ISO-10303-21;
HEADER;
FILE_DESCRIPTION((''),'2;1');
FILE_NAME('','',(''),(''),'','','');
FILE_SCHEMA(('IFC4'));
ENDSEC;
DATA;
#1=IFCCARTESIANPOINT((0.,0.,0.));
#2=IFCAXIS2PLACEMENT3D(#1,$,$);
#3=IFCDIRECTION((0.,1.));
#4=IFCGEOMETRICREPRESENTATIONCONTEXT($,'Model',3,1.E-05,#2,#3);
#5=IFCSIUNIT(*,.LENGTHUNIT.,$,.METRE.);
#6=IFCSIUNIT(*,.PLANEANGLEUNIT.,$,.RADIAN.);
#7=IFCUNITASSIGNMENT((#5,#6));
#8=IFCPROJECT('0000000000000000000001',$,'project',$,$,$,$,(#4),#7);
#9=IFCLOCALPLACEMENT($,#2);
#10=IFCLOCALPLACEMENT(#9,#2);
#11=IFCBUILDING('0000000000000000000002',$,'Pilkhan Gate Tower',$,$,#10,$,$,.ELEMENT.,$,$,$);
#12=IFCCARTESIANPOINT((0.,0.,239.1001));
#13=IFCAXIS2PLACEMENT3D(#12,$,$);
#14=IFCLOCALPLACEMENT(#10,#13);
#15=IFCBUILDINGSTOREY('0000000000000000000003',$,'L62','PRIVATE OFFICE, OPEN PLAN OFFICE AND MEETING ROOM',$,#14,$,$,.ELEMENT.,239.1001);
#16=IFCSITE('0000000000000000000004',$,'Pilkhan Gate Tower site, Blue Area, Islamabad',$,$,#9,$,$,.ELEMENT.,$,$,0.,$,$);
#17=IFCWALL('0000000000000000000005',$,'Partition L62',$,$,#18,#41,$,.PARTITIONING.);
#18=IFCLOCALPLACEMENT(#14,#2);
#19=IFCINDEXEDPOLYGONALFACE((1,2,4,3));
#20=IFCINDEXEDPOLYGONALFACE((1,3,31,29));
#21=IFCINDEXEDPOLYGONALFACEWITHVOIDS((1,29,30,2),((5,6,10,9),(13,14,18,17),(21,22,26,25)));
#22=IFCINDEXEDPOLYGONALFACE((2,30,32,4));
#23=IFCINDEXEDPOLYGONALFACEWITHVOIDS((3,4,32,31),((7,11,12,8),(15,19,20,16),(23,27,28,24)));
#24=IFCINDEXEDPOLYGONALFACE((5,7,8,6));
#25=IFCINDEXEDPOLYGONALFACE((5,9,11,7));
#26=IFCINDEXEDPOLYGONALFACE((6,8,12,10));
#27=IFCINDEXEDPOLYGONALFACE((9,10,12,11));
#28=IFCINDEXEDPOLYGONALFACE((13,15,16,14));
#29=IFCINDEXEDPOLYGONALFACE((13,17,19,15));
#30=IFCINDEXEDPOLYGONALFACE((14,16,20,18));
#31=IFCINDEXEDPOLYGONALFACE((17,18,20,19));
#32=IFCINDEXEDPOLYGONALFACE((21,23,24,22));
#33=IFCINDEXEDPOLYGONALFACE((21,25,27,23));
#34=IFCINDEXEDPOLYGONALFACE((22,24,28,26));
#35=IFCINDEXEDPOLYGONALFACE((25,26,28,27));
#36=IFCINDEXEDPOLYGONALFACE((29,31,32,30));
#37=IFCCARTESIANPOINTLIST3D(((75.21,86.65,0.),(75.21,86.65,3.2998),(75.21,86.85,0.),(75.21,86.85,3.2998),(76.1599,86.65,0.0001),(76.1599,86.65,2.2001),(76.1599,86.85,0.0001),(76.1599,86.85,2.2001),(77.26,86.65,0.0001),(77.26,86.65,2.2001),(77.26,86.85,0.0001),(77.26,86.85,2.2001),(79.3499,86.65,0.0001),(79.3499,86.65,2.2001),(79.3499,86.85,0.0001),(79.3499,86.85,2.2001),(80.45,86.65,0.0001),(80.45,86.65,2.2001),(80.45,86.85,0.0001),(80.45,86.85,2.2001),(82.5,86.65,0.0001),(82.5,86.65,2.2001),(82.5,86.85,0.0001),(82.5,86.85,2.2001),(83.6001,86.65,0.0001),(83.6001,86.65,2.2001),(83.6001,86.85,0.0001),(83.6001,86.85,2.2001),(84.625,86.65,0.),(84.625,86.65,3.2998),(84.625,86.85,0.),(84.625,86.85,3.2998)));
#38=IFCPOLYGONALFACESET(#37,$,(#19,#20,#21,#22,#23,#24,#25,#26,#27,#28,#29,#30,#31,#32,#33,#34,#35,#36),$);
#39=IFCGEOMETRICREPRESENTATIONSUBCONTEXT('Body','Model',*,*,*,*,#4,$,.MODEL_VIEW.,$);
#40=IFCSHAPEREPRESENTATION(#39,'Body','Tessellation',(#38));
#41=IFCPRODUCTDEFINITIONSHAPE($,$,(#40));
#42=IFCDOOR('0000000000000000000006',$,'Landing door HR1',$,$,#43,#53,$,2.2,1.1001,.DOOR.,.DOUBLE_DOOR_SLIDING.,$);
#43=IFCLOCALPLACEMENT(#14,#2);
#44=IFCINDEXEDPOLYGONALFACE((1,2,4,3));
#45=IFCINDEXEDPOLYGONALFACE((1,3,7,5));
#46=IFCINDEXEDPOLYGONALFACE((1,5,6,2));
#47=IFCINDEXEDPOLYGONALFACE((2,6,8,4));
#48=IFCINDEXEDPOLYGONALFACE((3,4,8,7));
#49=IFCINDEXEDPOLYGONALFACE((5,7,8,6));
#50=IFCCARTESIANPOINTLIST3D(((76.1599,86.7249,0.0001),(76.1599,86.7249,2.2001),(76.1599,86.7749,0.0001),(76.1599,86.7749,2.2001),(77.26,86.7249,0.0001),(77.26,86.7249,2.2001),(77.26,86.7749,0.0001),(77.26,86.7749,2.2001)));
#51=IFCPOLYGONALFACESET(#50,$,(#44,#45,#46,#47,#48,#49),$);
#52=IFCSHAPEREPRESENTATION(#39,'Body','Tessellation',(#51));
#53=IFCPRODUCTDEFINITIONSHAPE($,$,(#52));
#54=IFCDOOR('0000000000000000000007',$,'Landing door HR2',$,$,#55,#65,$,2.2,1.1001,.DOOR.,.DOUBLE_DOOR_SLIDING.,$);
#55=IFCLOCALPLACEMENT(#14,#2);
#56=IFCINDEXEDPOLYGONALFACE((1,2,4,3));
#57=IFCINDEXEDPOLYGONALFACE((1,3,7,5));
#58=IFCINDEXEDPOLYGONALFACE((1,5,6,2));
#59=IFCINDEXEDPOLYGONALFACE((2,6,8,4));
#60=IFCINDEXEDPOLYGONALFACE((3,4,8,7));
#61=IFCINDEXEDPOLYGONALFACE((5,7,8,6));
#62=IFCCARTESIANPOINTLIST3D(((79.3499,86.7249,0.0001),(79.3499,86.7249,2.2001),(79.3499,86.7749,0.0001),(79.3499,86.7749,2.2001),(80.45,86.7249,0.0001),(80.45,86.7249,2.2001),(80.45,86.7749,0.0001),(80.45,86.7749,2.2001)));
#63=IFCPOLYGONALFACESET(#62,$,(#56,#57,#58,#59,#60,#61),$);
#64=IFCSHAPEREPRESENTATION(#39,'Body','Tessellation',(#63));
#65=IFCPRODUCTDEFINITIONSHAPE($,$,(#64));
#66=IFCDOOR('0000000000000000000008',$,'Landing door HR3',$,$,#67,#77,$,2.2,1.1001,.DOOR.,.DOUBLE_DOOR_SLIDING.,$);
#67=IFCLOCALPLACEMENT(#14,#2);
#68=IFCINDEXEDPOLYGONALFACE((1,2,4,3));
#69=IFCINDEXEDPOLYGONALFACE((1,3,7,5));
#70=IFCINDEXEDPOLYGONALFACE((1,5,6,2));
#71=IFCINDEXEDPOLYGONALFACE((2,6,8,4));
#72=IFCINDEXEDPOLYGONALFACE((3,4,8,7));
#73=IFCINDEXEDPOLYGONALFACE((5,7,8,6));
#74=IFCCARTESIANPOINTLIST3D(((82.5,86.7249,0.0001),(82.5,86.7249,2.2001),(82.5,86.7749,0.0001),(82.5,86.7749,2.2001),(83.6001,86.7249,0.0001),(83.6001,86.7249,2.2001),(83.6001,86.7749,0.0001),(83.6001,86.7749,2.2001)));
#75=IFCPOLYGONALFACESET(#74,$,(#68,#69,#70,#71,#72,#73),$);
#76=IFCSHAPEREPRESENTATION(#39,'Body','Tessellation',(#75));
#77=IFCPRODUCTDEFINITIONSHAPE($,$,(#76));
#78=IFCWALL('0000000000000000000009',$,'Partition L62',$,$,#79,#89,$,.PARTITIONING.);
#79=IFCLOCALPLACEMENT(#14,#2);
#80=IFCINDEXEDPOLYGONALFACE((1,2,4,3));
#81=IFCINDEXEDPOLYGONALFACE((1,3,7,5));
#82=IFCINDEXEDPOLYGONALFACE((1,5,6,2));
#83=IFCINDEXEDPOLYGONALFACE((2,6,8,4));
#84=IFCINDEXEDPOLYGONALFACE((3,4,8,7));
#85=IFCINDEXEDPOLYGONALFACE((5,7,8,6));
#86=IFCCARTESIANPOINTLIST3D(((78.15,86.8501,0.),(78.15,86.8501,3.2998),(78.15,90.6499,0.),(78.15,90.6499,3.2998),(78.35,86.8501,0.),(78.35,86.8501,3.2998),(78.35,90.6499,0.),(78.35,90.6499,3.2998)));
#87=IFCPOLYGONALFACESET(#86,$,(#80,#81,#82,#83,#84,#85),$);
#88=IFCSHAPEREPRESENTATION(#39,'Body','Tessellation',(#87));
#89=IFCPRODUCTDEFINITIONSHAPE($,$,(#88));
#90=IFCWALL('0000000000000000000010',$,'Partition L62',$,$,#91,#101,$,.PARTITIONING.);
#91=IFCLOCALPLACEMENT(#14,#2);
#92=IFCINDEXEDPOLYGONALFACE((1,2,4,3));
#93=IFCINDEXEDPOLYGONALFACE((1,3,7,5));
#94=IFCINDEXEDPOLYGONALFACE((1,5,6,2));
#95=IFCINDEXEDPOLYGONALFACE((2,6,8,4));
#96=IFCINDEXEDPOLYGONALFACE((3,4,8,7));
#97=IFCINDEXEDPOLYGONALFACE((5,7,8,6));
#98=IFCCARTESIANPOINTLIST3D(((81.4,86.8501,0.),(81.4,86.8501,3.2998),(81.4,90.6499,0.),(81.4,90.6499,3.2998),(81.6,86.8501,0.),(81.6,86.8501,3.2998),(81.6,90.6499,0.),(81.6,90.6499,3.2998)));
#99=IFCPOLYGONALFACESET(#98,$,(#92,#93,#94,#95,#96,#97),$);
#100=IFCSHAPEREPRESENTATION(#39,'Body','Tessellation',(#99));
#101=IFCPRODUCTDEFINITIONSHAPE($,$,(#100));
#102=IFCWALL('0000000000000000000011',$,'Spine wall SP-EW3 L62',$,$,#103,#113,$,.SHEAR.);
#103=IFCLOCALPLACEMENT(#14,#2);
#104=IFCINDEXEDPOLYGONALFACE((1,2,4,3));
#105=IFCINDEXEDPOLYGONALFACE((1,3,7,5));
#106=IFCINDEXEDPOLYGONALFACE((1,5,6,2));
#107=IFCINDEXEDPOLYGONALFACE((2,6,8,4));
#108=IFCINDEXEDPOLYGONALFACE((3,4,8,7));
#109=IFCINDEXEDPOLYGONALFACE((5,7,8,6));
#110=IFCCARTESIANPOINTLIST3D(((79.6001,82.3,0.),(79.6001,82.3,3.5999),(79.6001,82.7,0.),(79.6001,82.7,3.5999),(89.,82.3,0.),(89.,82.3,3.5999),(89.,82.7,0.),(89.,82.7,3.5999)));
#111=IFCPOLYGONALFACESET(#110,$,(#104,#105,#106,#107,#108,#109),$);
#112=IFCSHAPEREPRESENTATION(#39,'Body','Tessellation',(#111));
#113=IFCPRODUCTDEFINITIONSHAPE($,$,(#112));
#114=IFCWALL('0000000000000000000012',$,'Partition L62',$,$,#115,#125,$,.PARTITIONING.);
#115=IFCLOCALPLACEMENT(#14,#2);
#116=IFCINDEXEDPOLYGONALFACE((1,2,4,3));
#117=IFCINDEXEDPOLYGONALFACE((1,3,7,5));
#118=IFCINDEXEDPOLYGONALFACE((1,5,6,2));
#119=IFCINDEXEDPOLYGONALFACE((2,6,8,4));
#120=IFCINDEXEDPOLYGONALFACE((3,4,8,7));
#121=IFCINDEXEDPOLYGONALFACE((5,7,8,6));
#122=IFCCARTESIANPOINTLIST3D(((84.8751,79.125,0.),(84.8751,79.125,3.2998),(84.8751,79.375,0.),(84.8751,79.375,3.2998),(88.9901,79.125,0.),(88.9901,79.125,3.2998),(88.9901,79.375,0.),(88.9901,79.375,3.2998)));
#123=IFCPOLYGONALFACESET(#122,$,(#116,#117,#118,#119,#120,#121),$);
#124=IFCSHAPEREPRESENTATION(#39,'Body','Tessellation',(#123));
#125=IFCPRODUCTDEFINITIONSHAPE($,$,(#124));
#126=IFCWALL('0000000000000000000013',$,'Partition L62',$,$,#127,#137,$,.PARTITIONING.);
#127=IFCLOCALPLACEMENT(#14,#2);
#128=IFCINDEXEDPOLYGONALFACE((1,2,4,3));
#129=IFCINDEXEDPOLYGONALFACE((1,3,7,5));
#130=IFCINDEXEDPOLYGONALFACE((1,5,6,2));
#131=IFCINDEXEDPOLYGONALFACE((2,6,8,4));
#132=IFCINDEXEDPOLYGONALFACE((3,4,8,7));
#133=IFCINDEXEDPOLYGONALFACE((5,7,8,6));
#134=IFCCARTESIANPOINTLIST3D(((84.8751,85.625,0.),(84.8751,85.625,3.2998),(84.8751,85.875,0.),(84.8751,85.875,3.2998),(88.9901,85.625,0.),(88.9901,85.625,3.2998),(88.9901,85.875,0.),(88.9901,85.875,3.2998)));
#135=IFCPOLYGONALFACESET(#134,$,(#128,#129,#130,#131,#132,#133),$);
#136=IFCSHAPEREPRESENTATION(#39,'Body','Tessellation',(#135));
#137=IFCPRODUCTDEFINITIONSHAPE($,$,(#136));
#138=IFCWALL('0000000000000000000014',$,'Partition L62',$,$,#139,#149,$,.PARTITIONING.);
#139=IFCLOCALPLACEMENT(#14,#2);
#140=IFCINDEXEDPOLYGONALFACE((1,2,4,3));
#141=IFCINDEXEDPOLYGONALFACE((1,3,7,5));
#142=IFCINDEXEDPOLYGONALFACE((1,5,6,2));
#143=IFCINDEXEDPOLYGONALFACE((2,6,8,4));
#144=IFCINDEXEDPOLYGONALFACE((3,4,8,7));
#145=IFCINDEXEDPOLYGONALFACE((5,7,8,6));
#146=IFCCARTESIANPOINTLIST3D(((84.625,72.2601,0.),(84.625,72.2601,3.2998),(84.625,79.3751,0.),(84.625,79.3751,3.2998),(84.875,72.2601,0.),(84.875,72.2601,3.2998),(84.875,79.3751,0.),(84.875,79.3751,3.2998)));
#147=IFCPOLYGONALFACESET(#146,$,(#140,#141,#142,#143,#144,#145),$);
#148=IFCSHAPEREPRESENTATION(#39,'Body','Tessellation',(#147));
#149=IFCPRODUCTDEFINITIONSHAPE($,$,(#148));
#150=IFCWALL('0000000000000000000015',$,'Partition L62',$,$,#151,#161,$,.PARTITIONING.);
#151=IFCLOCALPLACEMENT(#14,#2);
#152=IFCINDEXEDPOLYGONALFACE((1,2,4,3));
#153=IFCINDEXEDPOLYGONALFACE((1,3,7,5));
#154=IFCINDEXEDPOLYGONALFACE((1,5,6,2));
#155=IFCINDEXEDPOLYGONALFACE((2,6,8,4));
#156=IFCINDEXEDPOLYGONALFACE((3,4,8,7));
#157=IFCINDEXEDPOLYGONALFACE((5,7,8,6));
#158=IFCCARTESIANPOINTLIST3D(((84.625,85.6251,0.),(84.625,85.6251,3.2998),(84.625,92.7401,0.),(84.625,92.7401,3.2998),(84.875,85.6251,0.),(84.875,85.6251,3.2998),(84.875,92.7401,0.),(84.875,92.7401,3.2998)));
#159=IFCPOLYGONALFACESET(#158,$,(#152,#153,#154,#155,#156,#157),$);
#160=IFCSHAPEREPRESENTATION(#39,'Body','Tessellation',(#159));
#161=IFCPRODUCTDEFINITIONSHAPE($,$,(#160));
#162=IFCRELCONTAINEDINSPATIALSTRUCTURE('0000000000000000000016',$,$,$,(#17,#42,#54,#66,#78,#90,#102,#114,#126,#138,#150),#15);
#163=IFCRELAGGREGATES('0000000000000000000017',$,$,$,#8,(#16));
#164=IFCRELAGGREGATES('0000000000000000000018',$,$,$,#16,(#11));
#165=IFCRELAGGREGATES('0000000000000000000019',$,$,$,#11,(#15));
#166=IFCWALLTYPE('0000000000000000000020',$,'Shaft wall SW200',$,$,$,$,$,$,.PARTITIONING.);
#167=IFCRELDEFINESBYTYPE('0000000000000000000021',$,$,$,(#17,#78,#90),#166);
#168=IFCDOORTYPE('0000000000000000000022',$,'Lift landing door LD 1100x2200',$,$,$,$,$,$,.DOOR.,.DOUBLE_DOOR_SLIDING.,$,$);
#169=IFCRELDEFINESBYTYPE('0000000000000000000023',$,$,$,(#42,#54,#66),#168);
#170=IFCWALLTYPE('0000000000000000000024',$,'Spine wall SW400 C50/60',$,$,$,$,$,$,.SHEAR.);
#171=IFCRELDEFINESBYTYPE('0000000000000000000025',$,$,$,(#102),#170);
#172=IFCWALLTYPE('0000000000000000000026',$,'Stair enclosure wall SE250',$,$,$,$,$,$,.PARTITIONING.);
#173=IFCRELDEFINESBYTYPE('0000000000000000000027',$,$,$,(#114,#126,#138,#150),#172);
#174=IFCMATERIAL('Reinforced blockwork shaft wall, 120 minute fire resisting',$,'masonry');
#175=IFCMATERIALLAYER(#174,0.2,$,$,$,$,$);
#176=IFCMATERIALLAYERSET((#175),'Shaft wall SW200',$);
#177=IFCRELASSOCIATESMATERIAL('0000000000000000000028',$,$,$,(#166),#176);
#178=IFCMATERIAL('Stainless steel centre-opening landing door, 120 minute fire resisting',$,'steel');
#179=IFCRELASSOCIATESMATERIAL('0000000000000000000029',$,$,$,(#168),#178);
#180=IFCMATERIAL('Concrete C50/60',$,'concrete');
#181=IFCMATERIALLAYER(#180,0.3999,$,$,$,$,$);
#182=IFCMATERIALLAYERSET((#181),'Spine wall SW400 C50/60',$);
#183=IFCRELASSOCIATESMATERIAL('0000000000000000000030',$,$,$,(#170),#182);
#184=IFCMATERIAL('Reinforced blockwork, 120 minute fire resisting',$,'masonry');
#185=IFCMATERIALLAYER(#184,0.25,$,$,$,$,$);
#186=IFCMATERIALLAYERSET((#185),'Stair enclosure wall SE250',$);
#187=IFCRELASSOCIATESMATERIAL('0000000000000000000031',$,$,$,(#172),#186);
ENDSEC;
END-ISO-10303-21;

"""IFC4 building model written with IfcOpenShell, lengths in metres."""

from ifc_helpers import new_model, si_unit, direction, frame, frame_2d, origin, place, context, subcontext, project, spatial, rectangle, extrude, material, layer, layer_set, type_object, element, fill, save


model = new_model("IFC4")

# Units and contexts
model_context = context("Model", 3, precision=1e-05, world=origin(), true_north=direction((0.0, 1.0)))
body_context = subcontext(model_context, "Body", "Model", "MODEL_VIEW")
ifc_project = project(units=[si_unit("LENGTHUNIT", "METRE"), si_unit("PLANEANGLEUNIT", "RADIAN")], contexts=[model_context])

# Site, building, storey
site_placement = place(None, origin())
site = spatial("IfcSite", under=ifc_project, at=site_placement, Name="Pilkhan Gate Tower site, Blue Area, Islamabad", CompositionType="ELEMENT", RefElevation=0.0)
building_placement = place(site_placement, origin())
building = spatial("IfcBuilding", under=site, at=building_placement, Name="Pilkhan Gate Tower", CompositionType="ELEMENT")
storey_placement = place(building_placement, frame((0.0, 0.0, 239.1001)))
storey = spatial("IfcBuildingStorey", under=building, at=storey_placement, Name="L62", Description="PRIVATE OFFICE, OPEN PLAN OFFICE AND MEETING ROOM", CompositionType="ELEMENT", Elevation=239.1001)

# Shared definitions
ifc_material_1 = material(Name="Concrete C50/60", Category="concrete")

# Wall, openings, doors
ifc_material_2 = material(Name="Reinforced blockwork shaft wall, 120 minute fire resisting", Category="masonry")
ifc_layer_1 = layer(ifc_material_2, 0.2)
ifc_layer_set_1 = layer_set([ifc_layer_1], Name="Shaft wall SW200")
wall_type_1 = type_object("IfcWallType", Name="Shaft wall SW200", PredefinedType="PARTITIONING", material=ifc_layer_set_1)
wall_1_placement = place(storey_placement, frame((75.21, 86.75, 0.0), z_axis=(0.0, 0.0, 1.0), x_axis=(1.0, 0.0, 0.0)))
wall_1 = element("IfcWall", 1, at=wall_1_placement, inside=storey, type_object=wall_type_1, Name="Partition L62", PredefinedType="PARTITIONING", context=body_context, shape_type="SweptSolid", body=[
    extrude(rectangle(XDim=9.415, YDim=0.2, at=frame_2d((4.7075, 0.0))), origin(), (0.0, 0.0, 1.0), 3.2998),
])
opening_1_placement = place(wall_1_placement, frame((0.95, 0.0, 0.0)))
opening_1 = element("IfcOpeningElement", 2, at=opening_1_placement, cuts=wall_1, PredefinedType="OPENING", context=body_context, shape_type="SweptSolid", body=[
    extrude(rectangle(XDim=1.1001, YDim=2.2, at=frame_2d((0.55, 1.1001))), frame((0.0, 0.1099, 0.0), z_axis=(0.0, -1.0, 0.0), x_axis=(1.0, 0.0, 0.0)), (0.0, 0.0, 1.0), 0.22),
])
opening_2_placement = place(wall_1_placement, frame((4.1399, 0.0, 0.0)))
opening_2 = element("IfcOpeningElement", 3, at=opening_2_placement, cuts=wall_1, PredefinedType="OPENING", context=body_context, shape_type="SweptSolid", body=[
    extrude(rectangle(XDim=1.1001, YDim=2.2, at=frame_2d((0.55, 1.1001))), frame((0.0, 0.1099, 0.0), z_axis=(0.0, -1.0, 0.0), x_axis=(1.0, 0.0, 0.0)), (0.0, 0.0, 1.0), 0.22),
])
opening_3_placement = place(wall_1_placement, frame((7.29, 0.0, 0.0)))
opening_3 = element("IfcOpeningElement", 4, at=opening_3_placement, cuts=wall_1, PredefinedType="OPENING", context=body_context, shape_type="SweptSolid", body=[
    extrude(rectangle(XDim=1.1001, YDim=2.2, at=frame_2d((0.55, 1.1001))), frame((0.0, 0.1099, 0.0), z_axis=(0.0, -1.0, 0.0), x_axis=(1.0, 0.0, 0.0)), (0.0, 0.0, 1.0), 0.22),
])
ifc_material_3 = material(Name="Stainless steel centre-opening landing door, 120 minute fire resisting", Category="steel")
door_type_1 = type_object("IfcDoorType", Name="Lift landing door LD 1100x2200", OperationType="DOUBLE_DOOR_SLIDING", PredefinedType="DOOR", material=ifc_material_3)
door_1_placement = place(opening_1_placement, origin())
door_1 = element("IfcDoor", 5, at=door_1_placement, inside=storey, type_object=door_type_1, Name="Landing door HR1", OperationType="DOUBLE_DOOR_SLIDING", OverallHeight=2.2, OverallWidth=1.1001, PredefinedType="DOOR", context=body_context, shape_type="SweptSolid", body=[
    extrude(rectangle(XDim=1.1001, YDim=2.2, at=frame_2d((0.55, 1.1001))), frame((0.0, 0.0249, 0.0), z_axis=(0.0, -1.0, 0.0), x_axis=(1.0, 0.0, 0.0)), (0.0, 0.0, 1.0), 0.05),
])
fill(opening_1, door_1)
door_2_placement = place(opening_2_placement, origin())
door_2 = element("IfcDoor", 6, at=door_2_placement, inside=storey, type_object=door_type_1, Name="Landing door HR2", OperationType="DOUBLE_DOOR_SLIDING", OverallHeight=2.2, OverallWidth=1.1001, PredefinedType="DOOR", context=body_context, shape_type="SweptSolid", body=[
    extrude(rectangle(XDim=1.1001, YDim=2.2, at=frame_2d((0.55, 1.1001))), frame((0.0, 0.0249, 0.0), z_axis=(0.0, -1.0, 0.0), x_axis=(1.0, 0.0, 0.0)), (0.0, 0.0, 1.0), 0.05),
])
fill(opening_2, door_2)
door_3_placement = place(opening_3_placement, origin())
door_3 = element("IfcDoor", 7, at=door_3_placement, inside=storey, type_object=door_type_1, Name="Landing door HR3", OperationType="DOUBLE_DOOR_SLIDING", OverallHeight=2.2, OverallWidth=1.1001, PredefinedType="DOOR", context=body_context, shape_type="SweptSolid", body=[
    extrude(rectangle(XDim=1.1001, YDim=2.2, at=frame_2d((0.55, 1.1001))), frame((0.0, 0.0249, 0.0), z_axis=(0.0, -1.0, 0.0), x_axis=(1.0, 0.0, 0.0)), (0.0, 0.0, 1.0), 0.05),
])
fill(opening_3, door_3)

# Walls
for number, where, z_axis, x_axis, name in (
    (8, (78.25, 86.8501, 0.0), (0.0, 0.0, 1.0), (0.0, 1.0, 0.0), "Partition L62"),
    (9, (81.5, 86.8501, 0.0), (0.0, 0.0, 1.0), (0.0, 1.0, 0.0), "Partition L62"),
):
    element("IfcWall", number, at=place(storey_placement, frame(where, z_axis=z_axis, x_axis=x_axis)), inside=storey, type_object=wall_type_1, Name=name, PredefinedType="PARTITIONING", context=body_context, shape_type="SweptSolid", body=[
        extrude(rectangle(XDim=3.7998, YDim=0.2, at=frame_2d((1.8999, 0.0))), origin(), (0.0, 0.0, 1.0), 3.2998),
    ])
ifc_layer_2 = layer(ifc_material_1, 0.3999)
ifc_layer_set_2 = layer_set([ifc_layer_2], Name="Spine wall SW400 C50/60")
wall_type_2 = type_object("IfcWallType", Name="Spine wall SW400 C50/60", PredefinedType="SHEAR", material=ifc_layer_set_2)
wall_2_placement = place(storey_placement, frame((79.6001, 82.5, 0.0), z_axis=(0.0, 0.0, 1.0), x_axis=(1.0, 0.0, 0.0)))
element("IfcWall", 10, at=wall_2_placement, inside=storey, type_object=wall_type_2, Name="Spine wall SP-EW3 L62", PredefinedType="SHEAR", context=body_context, shape_type="SweptSolid", body=[
    extrude(rectangle(XDim=9.3999, YDim=0.3999, at=frame_2d((4.7, 0.0))), origin(), (0.0, 0.0, 1.0), 3.5999),
])
ifc_material_4 = material(Name="Reinforced blockwork, 120 minute fire resisting", Category="masonry")
ifc_layer_3 = layer(ifc_material_4, 0.25)
ifc_layer_set_3 = layer_set([ifc_layer_3], Name="Stair enclosure wall SE250")
wall_type_3 = type_object("IfcWallType", Name="Stair enclosure wall SE250", PredefinedType="PARTITIONING", material=ifc_layer_set_3)
for number, where, z_axis, x_axis, name in (
    (11, (84.875, 79.25, 0.0), (0.0, 0.0, 1.0), (1.0, 0.0, 0.0), "Partition L62"),
    (12, (84.875, 85.75, 0.0), (0.0, 0.0, 1.0), (1.0, 0.0, 0.0), "Partition L62"),
):
    element("IfcWall", number, at=place(storey_placement, frame(where, z_axis=z_axis, x_axis=x_axis)), inside=storey, type_object=wall_type_3, Name=name, PredefinedType="PARTITIONING", context=body_context, shape_type="SweptSolid", body=[
        extrude(rectangle(XDim=4.115, YDim=0.25, at=frame_2d((2.0576, 0.0))), origin(), (0.0, 0.0, 1.0), 3.2998),
    ])
for number, where, z_axis, x_axis, name in (
    (13, (84.75, 72.26, 0.0), (0.0, 0.0, 1.0), (0.0, 1.0, 0.0), "Partition L62"),
    (14, (84.75, 85.625, 0.0), (0.0, 0.0, 1.0), (0.0, 1.0, 0.0), "Partition L62"),
):
    element("IfcWall", number, at=place(storey_placement, frame(where, z_axis=z_axis, x_axis=x_axis)), inside=storey, type_object=wall_type_3, Name=name, PredefinedType="PARTITIONING", context=body_context, shape_type="SweptSolid", body=[
        extrude(rectangle(XDim=7.115, YDim=0.25, at=frame_2d((3.5576, 0.0))), origin(), (0.0, 0.0, 1.0), 3.2998),
    ])

save(model, "model.ifc")
